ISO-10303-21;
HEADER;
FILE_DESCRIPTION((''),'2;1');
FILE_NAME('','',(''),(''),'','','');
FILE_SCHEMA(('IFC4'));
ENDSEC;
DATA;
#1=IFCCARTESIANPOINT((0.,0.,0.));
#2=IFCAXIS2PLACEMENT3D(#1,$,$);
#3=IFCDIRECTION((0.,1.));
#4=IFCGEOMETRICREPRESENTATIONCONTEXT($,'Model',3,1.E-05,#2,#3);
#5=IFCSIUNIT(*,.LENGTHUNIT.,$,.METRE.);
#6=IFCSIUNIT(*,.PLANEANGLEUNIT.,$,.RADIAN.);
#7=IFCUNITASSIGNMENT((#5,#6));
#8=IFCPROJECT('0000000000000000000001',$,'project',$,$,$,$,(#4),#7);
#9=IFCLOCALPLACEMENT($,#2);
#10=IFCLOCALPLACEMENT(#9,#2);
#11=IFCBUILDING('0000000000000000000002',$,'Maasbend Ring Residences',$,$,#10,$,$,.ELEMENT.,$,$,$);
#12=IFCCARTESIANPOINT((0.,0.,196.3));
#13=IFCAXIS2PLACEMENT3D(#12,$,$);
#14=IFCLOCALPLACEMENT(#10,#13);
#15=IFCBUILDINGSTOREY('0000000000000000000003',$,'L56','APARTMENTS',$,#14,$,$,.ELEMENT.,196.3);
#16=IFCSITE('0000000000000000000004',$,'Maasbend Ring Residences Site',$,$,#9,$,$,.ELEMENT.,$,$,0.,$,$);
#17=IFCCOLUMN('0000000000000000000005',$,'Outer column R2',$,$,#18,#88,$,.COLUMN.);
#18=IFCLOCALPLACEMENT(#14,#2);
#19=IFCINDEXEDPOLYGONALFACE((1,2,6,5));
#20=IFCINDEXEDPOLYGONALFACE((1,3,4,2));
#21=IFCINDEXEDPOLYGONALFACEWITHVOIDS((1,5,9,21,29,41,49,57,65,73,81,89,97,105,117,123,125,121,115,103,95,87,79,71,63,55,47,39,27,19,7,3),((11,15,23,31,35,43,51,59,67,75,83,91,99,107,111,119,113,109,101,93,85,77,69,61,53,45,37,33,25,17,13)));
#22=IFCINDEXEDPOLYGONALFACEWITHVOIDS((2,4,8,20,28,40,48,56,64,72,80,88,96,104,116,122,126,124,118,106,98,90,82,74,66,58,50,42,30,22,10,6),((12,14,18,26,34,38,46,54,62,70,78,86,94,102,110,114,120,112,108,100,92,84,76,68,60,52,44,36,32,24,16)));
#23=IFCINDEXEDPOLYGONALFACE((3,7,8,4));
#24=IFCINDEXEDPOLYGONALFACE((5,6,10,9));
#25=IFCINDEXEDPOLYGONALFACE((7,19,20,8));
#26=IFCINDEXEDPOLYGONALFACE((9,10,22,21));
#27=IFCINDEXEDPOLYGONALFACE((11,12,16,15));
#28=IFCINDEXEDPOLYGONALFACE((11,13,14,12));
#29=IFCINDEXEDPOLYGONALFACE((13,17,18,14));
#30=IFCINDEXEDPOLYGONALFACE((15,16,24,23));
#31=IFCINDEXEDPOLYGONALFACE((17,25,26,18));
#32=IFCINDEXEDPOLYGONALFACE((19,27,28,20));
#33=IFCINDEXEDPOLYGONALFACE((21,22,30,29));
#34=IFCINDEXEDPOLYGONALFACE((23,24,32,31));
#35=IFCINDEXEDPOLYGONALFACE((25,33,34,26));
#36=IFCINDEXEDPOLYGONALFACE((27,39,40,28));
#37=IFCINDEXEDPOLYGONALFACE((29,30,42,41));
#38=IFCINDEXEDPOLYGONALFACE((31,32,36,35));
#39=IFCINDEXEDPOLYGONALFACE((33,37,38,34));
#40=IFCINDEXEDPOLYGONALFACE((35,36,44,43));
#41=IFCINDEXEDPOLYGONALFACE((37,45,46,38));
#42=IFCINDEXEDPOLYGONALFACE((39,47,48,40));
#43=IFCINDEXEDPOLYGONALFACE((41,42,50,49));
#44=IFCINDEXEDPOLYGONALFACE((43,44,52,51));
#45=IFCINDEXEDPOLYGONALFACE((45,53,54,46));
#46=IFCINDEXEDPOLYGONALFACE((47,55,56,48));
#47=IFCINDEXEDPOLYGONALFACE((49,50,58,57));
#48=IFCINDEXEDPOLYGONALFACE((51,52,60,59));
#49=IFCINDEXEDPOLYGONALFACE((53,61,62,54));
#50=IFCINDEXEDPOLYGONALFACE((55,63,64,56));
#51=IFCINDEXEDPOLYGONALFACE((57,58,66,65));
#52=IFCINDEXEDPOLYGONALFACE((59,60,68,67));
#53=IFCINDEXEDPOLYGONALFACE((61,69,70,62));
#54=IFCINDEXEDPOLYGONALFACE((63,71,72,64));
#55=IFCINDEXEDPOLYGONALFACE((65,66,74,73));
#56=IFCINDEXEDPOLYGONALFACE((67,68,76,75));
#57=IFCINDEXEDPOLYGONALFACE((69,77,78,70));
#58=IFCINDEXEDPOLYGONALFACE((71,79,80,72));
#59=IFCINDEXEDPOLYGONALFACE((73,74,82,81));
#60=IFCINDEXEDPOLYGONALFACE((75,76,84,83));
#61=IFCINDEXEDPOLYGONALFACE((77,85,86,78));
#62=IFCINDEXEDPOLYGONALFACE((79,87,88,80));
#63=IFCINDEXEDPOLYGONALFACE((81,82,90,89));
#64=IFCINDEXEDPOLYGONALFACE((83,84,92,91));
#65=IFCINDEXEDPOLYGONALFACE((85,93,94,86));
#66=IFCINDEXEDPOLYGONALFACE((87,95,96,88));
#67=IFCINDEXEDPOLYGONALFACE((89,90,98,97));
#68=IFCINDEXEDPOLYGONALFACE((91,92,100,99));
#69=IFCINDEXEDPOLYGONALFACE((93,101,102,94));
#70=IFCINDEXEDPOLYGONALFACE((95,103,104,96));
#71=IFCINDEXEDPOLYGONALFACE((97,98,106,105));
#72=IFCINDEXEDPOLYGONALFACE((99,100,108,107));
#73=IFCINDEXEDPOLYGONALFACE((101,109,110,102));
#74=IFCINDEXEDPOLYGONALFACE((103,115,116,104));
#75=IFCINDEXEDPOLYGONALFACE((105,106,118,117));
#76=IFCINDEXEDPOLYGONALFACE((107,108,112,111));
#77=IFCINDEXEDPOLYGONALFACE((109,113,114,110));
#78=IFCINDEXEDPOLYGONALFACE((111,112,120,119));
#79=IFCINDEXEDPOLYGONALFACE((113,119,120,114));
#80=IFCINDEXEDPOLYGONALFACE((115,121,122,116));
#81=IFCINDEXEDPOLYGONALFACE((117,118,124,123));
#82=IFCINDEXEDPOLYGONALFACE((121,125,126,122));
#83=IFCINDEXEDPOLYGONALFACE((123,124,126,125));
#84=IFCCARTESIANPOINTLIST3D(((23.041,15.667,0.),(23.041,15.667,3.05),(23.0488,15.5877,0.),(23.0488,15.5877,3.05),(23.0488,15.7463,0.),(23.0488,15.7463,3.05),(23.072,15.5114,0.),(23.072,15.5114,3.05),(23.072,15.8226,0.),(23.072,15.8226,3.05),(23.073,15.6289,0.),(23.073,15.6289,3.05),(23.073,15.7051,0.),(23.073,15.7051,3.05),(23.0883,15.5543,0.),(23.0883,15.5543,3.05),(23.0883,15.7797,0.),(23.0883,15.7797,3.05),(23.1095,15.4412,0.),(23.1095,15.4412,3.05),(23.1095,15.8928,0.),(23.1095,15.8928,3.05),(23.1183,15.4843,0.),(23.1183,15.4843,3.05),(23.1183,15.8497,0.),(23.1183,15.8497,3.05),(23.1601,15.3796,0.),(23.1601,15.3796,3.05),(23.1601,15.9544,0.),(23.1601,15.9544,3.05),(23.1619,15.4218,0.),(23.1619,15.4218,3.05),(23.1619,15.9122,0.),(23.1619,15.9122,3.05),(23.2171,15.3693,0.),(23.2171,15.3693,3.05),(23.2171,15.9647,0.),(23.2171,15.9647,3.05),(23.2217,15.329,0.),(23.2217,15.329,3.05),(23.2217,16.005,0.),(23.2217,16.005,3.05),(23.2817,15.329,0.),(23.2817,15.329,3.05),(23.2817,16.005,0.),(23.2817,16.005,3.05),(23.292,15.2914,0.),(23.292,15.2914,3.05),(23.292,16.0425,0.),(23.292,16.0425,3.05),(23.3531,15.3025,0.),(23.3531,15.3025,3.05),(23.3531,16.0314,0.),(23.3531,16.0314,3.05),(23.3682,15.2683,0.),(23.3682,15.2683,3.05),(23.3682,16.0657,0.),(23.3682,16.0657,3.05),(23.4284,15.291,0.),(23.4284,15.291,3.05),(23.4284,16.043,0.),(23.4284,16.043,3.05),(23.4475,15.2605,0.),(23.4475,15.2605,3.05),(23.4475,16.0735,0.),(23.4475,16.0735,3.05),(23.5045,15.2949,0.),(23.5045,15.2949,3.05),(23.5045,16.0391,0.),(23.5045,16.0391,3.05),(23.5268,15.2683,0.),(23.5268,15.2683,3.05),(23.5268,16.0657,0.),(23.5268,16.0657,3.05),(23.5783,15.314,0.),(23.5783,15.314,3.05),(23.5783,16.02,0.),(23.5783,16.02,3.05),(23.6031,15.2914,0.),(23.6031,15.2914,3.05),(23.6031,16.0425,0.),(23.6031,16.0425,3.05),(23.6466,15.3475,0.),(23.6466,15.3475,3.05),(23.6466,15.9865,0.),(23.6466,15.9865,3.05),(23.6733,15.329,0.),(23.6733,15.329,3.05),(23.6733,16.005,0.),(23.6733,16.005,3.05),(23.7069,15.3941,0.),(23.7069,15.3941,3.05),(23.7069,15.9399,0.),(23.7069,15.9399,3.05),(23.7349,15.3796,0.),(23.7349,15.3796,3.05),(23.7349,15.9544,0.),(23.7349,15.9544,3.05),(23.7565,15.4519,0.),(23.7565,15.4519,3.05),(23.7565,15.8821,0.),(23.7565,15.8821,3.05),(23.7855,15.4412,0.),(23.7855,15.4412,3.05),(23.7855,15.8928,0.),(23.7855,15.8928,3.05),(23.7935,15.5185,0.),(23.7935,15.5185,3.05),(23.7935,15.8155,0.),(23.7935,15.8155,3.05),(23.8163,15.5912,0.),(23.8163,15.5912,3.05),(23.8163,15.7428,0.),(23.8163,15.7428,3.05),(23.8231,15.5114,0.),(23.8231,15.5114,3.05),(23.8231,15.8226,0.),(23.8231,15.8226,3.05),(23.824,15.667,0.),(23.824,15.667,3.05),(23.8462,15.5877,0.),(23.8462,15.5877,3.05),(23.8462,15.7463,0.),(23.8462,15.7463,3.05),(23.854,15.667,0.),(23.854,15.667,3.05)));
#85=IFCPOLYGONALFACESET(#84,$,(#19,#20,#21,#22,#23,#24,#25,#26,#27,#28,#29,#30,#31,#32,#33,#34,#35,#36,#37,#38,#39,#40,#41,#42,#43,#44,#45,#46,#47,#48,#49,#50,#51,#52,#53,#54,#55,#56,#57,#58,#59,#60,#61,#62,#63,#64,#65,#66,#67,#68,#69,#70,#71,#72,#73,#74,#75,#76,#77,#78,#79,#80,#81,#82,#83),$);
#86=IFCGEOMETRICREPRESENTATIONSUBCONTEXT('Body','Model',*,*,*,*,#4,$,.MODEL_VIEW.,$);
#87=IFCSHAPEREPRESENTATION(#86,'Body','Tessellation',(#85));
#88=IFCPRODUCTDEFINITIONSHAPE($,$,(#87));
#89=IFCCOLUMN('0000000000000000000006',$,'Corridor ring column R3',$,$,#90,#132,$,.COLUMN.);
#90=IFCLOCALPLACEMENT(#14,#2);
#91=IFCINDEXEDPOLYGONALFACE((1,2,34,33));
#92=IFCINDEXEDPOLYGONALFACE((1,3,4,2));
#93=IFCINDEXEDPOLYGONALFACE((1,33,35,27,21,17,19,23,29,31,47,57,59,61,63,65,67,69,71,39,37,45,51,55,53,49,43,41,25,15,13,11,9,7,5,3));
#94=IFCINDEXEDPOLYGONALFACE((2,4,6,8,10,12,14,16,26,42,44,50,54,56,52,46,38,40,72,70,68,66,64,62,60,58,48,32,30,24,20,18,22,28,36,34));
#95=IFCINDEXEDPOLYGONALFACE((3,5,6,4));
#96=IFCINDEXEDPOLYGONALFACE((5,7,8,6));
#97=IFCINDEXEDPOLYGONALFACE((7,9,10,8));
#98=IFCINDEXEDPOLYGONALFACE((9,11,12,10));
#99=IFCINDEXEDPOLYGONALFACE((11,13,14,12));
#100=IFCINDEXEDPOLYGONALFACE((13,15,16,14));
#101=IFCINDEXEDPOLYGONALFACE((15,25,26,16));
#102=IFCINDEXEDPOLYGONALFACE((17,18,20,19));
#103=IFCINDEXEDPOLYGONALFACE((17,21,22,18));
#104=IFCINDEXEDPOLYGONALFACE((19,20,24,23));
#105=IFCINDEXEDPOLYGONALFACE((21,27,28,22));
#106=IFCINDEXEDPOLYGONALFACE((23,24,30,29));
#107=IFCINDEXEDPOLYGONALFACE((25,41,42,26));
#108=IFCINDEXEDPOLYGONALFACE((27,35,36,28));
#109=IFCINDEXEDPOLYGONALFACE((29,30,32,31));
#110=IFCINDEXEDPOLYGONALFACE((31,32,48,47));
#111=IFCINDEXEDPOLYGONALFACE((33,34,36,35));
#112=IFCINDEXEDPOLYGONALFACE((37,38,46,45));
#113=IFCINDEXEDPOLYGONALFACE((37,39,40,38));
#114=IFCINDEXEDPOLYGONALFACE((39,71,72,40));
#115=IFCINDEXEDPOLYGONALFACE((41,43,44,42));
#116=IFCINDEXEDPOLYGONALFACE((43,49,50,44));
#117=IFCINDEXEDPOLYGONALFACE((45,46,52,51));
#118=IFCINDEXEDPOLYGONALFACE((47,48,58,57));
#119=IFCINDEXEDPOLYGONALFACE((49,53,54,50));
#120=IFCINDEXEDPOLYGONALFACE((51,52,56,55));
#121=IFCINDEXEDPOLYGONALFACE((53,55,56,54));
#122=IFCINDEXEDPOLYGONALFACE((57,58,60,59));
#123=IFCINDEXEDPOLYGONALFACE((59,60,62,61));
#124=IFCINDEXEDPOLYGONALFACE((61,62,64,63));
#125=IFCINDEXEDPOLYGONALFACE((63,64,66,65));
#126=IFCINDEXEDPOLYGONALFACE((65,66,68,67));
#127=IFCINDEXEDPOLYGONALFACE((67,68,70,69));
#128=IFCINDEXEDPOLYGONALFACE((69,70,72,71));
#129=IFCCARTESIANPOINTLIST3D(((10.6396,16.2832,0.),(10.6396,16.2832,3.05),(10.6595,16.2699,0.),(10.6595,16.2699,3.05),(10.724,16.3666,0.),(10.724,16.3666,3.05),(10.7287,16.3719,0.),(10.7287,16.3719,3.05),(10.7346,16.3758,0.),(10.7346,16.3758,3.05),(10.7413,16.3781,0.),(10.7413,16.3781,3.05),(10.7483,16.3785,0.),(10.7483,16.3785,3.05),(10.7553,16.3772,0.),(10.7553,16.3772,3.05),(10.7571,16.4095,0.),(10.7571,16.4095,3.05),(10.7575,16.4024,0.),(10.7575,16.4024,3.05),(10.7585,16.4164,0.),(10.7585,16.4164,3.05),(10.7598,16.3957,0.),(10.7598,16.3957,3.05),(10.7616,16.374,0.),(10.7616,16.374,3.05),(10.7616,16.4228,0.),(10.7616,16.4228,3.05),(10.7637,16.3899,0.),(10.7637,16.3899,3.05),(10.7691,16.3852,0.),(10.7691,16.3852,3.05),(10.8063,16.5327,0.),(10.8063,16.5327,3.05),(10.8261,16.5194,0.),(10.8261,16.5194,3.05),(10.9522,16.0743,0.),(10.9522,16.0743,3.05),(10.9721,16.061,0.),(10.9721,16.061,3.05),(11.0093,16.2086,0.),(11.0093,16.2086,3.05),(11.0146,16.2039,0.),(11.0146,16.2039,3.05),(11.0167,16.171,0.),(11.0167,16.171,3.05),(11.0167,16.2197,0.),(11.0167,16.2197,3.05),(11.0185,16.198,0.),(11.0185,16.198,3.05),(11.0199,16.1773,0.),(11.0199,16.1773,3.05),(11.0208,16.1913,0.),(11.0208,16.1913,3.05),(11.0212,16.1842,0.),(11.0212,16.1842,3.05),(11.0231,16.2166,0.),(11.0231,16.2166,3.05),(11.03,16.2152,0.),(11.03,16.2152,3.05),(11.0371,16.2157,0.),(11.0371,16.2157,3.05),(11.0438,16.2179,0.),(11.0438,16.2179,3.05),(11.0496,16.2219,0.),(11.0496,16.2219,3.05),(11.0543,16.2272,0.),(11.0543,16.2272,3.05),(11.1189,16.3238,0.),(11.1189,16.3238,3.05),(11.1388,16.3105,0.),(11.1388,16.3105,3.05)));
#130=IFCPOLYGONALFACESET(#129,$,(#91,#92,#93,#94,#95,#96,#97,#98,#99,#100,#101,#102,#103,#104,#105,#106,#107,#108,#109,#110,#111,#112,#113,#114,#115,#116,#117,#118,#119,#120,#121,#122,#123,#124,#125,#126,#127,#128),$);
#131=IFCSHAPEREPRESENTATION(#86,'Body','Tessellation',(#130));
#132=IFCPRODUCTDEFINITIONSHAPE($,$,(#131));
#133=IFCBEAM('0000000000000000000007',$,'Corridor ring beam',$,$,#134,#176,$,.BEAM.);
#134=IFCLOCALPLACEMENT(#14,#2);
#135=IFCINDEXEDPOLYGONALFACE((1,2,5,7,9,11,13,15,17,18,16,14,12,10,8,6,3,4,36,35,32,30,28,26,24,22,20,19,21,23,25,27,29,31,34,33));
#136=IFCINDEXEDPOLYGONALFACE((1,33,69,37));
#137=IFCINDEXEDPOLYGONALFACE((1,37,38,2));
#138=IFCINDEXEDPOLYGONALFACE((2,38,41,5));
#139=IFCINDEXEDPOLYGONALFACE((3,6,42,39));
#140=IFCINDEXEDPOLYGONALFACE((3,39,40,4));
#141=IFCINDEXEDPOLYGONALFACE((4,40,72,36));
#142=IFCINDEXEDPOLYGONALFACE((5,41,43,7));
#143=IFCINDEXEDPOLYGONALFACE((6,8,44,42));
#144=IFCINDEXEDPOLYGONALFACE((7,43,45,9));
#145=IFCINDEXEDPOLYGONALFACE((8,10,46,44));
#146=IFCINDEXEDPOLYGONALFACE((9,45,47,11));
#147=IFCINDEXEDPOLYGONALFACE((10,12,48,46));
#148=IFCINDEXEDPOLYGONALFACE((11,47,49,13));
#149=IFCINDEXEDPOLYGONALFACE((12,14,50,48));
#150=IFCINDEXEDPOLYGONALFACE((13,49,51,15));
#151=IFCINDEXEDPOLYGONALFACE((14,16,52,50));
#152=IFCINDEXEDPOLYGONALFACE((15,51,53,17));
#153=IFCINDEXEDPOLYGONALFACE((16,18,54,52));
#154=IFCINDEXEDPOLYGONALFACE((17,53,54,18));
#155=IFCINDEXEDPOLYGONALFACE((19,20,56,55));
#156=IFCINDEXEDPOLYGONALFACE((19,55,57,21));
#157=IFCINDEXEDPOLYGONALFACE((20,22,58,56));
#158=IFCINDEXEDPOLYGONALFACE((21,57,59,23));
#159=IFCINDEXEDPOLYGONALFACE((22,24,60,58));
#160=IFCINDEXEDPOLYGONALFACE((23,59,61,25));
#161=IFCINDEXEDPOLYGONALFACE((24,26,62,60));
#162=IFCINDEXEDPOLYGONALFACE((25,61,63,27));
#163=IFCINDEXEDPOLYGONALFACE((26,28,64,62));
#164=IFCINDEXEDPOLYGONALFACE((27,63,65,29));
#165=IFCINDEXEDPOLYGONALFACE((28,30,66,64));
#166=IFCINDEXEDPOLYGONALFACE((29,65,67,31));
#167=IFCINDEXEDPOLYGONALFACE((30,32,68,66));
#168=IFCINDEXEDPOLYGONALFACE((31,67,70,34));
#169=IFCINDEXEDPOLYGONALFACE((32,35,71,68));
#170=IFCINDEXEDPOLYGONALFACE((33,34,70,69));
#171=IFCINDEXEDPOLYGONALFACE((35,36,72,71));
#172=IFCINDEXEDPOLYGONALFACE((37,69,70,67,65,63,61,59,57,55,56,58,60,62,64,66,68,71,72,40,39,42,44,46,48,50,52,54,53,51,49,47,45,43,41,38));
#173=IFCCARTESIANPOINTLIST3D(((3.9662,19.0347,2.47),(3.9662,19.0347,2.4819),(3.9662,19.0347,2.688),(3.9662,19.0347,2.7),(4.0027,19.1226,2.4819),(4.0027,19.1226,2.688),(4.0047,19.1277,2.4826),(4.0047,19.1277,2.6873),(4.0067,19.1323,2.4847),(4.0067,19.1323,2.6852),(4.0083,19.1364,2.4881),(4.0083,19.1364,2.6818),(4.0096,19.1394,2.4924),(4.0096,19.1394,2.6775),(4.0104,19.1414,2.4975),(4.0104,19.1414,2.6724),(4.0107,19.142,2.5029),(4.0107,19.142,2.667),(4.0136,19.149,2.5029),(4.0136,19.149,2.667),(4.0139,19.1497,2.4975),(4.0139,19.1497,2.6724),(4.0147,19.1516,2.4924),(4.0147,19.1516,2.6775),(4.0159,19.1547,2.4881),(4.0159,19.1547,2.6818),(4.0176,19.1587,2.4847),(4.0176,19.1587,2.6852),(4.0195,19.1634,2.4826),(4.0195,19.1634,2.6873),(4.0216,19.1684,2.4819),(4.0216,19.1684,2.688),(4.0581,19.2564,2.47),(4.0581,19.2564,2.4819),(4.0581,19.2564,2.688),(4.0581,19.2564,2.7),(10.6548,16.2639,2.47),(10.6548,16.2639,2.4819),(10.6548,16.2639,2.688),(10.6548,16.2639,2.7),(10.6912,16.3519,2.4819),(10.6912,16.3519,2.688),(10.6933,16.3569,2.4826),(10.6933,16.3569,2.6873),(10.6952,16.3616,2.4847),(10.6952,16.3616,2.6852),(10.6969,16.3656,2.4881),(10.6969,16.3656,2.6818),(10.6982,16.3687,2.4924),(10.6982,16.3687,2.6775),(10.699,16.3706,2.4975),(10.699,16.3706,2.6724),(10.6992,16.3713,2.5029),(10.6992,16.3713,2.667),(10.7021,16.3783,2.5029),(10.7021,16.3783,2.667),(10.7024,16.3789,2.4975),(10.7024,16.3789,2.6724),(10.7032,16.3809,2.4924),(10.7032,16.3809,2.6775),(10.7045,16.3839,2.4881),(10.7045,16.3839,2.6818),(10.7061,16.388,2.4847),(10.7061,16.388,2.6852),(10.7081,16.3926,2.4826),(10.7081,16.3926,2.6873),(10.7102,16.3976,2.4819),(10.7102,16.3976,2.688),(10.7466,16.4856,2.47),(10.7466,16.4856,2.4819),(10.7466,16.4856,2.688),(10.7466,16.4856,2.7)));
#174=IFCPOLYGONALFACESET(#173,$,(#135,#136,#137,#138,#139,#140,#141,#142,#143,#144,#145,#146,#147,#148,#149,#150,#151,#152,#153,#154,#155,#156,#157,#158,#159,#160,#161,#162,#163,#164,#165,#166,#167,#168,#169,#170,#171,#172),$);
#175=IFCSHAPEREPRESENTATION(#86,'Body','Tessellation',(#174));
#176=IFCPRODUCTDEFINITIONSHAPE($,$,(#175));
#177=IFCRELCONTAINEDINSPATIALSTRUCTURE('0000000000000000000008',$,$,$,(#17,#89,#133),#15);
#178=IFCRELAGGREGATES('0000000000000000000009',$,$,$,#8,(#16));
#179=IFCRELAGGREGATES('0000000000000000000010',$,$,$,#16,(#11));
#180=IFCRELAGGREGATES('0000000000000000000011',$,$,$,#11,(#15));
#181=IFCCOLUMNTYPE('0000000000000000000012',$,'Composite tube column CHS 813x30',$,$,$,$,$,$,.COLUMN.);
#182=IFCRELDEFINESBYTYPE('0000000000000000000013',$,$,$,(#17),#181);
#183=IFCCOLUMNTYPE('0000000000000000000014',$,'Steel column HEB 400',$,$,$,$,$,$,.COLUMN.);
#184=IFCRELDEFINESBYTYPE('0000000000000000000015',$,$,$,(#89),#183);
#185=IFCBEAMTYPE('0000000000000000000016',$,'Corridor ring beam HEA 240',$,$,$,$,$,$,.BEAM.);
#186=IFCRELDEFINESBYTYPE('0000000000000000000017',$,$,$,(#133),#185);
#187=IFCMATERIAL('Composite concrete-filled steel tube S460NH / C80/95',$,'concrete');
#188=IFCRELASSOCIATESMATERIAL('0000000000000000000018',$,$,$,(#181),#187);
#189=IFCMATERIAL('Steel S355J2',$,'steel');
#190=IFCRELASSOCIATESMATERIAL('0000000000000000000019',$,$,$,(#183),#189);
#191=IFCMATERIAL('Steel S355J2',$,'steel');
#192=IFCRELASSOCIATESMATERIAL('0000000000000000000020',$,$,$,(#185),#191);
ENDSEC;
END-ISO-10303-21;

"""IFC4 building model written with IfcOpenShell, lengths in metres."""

from ifc_helpers import new_model, si_unit, direction, frame, origin, origin_2d, place, context, subcontext, project, spatial, hollow_circle, i_section, extrude, material, material_profile, profile_set, type_object, element, save


model = new_model("IFC4")

# Units and contexts
model_context = context("Model", 3, precision=1e-05, world=origin(), true_north=direction((0.0, 1.0)))
body_context = subcontext(model_context, "Body", "Model", "MODEL_VIEW")
ifc_project = project(units=[si_unit("LENGTHUNIT", "METRE"), si_unit("PLANEANGLEUNIT", "RADIAN")], contexts=[model_context])

# Site, building, storey
site_placement = place(None, origin())
site = spatial("IfcSite", under=ifc_project, at=site_placement, Name="Maasbend Ring Residences Site", CompositionType="ELEMENT", RefElevation=0.0)
building_placement = place(site_placement, origin())
building = spatial("IfcBuilding", under=site, at=building_placement, Name="Maasbend Ring Residences", CompositionType="ELEMENT")
storey_placement = place(building_placement, frame((0.0, 0.0, 196.3)))
storey = spatial("IfcBuildingStorey", under=building, at=storey_placement, Name="L56", Description="APARTMENTS", CompositionType="ELEMENT", Elevation=196.3)

# Columns
ifc_material_1 = material(Name="Composite concrete-filled steel tube S460NH / C80/95", Category="concrete")
ifc_material_profile_1 = material_profile(ifc_material_1, hollow_circle(Radius=0.4065, WallThickness=0.03, at=origin_2d()), Name="Composite tube column CHS 813x30")
ifc_profile_set_1 = profile_set([ifc_material_profile_1], Name="Composite concrete-filled steel tube S460NH / C80/95")
column_type_1 = type_object("IfcColumnType", Name="Composite tube column CHS 813x30", PredefinedType="COLUMN", material=ifc_profile_set_1)
column_1_placement = place(storey_placement, frame((23.4475, 15.667, 0.0), z_axis=(0.0, 0.0, 1.0), x_axis=(1.0, 0.0, 0.0)))
element("IfcColumn", 1, at=column_1_placement, inside=storey, type_object=column_type_1, Name="Outer column R2", PredefinedType="COLUMN", context=body_context, shape_type="SweptSolid", body=[
    extrude(hollow_circle(Radius=0.4065, WallThickness=0.03, at=origin_2d()), origin(), (0.0, 0.0, 1.0), 3.05),
])
ifc_material_2 = material(Name="Steel S355J2", Category="steel")
ifc_material_profile_2 = material_profile(ifc_material_2, i_section(OverallWidth=0.3, OverallDepth=0.3999, WebThickness=0.0134, FlangeThickness=0.0239, FilletRadius=0.0271, at=origin_2d()), Name="HEB 400")
ifc_profile_set_2 = profile_set([ifc_material_profile_2], Name="Steel S355J2")
column_type_2 = type_object("IfcColumnType", Name="Steel column HEB 400", PredefinedType="COLUMN", material=ifc_profile_set_2)
column_2_placement = place(storey_placement, frame((10.8892, 16.2969, 0.0), z_axis=(0.0, 0.0, 1.0), x_axis=(0.55557, 0.83147, 0.0)))
element("IfcColumn", 2, at=column_2_placement, inside=storey, type_object=column_type_2, Name="Corridor ring column R3", PredefinedType="COLUMN", context=body_context, shape_type="SweptSolid", body=[
    extrude(i_section(OverallWidth=0.3, OverallDepth=0.3999, WebThickness=0.0134, FlangeThickness=0.0239, FilletRadius=0.0271, at=origin_2d()), origin(), (0.0, 0.0, 1.0), 3.05),
])

# Beam
ifc_material_3 = material(Name="Steel S355J2", Category="steel")
ifc_material_profile_3 = material_profile(ifc_material_3, i_section(OverallWidth=0.24, OverallDepth=0.23, WebThickness=0.0076, FlangeThickness=0.012, FilletRadius=0.021, at=origin_2d()), Name="HEA 240")
ifc_profile_set_3 = profile_set([ifc_material_profile_3], Name="Steel S355J2")
beam_type_1 = type_object("IfcBeamType", Name="Corridor ring beam HEA 240", PredefinedType="BEAM", material=ifc_profile_set_3)
beam_1_placement = place(storey_placement, frame((10.7007, 16.3748, 2.585), z_axis=(-0.923865, 0.382718, 0.0), x_axis=(-0.382718, -0.923865, 0.0)))
element("IfcBeam", 3, at=beam_1_placement, inside=storey, type_object=beam_type_1, Name="Corridor ring beam", PredefinedType="BEAM", context=body_context, shape_type="SweptSolid", body=[
    extrude(i_section(OverallWidth=0.24, OverallDepth=0.23, WebThickness=0.0076, FlangeThickness=0.012, FilletRadius=0.021, at=origin_2d()), origin(), (0.0, 0.0, 1.0), 7.2397),
])

save(model, "model.ifc")
